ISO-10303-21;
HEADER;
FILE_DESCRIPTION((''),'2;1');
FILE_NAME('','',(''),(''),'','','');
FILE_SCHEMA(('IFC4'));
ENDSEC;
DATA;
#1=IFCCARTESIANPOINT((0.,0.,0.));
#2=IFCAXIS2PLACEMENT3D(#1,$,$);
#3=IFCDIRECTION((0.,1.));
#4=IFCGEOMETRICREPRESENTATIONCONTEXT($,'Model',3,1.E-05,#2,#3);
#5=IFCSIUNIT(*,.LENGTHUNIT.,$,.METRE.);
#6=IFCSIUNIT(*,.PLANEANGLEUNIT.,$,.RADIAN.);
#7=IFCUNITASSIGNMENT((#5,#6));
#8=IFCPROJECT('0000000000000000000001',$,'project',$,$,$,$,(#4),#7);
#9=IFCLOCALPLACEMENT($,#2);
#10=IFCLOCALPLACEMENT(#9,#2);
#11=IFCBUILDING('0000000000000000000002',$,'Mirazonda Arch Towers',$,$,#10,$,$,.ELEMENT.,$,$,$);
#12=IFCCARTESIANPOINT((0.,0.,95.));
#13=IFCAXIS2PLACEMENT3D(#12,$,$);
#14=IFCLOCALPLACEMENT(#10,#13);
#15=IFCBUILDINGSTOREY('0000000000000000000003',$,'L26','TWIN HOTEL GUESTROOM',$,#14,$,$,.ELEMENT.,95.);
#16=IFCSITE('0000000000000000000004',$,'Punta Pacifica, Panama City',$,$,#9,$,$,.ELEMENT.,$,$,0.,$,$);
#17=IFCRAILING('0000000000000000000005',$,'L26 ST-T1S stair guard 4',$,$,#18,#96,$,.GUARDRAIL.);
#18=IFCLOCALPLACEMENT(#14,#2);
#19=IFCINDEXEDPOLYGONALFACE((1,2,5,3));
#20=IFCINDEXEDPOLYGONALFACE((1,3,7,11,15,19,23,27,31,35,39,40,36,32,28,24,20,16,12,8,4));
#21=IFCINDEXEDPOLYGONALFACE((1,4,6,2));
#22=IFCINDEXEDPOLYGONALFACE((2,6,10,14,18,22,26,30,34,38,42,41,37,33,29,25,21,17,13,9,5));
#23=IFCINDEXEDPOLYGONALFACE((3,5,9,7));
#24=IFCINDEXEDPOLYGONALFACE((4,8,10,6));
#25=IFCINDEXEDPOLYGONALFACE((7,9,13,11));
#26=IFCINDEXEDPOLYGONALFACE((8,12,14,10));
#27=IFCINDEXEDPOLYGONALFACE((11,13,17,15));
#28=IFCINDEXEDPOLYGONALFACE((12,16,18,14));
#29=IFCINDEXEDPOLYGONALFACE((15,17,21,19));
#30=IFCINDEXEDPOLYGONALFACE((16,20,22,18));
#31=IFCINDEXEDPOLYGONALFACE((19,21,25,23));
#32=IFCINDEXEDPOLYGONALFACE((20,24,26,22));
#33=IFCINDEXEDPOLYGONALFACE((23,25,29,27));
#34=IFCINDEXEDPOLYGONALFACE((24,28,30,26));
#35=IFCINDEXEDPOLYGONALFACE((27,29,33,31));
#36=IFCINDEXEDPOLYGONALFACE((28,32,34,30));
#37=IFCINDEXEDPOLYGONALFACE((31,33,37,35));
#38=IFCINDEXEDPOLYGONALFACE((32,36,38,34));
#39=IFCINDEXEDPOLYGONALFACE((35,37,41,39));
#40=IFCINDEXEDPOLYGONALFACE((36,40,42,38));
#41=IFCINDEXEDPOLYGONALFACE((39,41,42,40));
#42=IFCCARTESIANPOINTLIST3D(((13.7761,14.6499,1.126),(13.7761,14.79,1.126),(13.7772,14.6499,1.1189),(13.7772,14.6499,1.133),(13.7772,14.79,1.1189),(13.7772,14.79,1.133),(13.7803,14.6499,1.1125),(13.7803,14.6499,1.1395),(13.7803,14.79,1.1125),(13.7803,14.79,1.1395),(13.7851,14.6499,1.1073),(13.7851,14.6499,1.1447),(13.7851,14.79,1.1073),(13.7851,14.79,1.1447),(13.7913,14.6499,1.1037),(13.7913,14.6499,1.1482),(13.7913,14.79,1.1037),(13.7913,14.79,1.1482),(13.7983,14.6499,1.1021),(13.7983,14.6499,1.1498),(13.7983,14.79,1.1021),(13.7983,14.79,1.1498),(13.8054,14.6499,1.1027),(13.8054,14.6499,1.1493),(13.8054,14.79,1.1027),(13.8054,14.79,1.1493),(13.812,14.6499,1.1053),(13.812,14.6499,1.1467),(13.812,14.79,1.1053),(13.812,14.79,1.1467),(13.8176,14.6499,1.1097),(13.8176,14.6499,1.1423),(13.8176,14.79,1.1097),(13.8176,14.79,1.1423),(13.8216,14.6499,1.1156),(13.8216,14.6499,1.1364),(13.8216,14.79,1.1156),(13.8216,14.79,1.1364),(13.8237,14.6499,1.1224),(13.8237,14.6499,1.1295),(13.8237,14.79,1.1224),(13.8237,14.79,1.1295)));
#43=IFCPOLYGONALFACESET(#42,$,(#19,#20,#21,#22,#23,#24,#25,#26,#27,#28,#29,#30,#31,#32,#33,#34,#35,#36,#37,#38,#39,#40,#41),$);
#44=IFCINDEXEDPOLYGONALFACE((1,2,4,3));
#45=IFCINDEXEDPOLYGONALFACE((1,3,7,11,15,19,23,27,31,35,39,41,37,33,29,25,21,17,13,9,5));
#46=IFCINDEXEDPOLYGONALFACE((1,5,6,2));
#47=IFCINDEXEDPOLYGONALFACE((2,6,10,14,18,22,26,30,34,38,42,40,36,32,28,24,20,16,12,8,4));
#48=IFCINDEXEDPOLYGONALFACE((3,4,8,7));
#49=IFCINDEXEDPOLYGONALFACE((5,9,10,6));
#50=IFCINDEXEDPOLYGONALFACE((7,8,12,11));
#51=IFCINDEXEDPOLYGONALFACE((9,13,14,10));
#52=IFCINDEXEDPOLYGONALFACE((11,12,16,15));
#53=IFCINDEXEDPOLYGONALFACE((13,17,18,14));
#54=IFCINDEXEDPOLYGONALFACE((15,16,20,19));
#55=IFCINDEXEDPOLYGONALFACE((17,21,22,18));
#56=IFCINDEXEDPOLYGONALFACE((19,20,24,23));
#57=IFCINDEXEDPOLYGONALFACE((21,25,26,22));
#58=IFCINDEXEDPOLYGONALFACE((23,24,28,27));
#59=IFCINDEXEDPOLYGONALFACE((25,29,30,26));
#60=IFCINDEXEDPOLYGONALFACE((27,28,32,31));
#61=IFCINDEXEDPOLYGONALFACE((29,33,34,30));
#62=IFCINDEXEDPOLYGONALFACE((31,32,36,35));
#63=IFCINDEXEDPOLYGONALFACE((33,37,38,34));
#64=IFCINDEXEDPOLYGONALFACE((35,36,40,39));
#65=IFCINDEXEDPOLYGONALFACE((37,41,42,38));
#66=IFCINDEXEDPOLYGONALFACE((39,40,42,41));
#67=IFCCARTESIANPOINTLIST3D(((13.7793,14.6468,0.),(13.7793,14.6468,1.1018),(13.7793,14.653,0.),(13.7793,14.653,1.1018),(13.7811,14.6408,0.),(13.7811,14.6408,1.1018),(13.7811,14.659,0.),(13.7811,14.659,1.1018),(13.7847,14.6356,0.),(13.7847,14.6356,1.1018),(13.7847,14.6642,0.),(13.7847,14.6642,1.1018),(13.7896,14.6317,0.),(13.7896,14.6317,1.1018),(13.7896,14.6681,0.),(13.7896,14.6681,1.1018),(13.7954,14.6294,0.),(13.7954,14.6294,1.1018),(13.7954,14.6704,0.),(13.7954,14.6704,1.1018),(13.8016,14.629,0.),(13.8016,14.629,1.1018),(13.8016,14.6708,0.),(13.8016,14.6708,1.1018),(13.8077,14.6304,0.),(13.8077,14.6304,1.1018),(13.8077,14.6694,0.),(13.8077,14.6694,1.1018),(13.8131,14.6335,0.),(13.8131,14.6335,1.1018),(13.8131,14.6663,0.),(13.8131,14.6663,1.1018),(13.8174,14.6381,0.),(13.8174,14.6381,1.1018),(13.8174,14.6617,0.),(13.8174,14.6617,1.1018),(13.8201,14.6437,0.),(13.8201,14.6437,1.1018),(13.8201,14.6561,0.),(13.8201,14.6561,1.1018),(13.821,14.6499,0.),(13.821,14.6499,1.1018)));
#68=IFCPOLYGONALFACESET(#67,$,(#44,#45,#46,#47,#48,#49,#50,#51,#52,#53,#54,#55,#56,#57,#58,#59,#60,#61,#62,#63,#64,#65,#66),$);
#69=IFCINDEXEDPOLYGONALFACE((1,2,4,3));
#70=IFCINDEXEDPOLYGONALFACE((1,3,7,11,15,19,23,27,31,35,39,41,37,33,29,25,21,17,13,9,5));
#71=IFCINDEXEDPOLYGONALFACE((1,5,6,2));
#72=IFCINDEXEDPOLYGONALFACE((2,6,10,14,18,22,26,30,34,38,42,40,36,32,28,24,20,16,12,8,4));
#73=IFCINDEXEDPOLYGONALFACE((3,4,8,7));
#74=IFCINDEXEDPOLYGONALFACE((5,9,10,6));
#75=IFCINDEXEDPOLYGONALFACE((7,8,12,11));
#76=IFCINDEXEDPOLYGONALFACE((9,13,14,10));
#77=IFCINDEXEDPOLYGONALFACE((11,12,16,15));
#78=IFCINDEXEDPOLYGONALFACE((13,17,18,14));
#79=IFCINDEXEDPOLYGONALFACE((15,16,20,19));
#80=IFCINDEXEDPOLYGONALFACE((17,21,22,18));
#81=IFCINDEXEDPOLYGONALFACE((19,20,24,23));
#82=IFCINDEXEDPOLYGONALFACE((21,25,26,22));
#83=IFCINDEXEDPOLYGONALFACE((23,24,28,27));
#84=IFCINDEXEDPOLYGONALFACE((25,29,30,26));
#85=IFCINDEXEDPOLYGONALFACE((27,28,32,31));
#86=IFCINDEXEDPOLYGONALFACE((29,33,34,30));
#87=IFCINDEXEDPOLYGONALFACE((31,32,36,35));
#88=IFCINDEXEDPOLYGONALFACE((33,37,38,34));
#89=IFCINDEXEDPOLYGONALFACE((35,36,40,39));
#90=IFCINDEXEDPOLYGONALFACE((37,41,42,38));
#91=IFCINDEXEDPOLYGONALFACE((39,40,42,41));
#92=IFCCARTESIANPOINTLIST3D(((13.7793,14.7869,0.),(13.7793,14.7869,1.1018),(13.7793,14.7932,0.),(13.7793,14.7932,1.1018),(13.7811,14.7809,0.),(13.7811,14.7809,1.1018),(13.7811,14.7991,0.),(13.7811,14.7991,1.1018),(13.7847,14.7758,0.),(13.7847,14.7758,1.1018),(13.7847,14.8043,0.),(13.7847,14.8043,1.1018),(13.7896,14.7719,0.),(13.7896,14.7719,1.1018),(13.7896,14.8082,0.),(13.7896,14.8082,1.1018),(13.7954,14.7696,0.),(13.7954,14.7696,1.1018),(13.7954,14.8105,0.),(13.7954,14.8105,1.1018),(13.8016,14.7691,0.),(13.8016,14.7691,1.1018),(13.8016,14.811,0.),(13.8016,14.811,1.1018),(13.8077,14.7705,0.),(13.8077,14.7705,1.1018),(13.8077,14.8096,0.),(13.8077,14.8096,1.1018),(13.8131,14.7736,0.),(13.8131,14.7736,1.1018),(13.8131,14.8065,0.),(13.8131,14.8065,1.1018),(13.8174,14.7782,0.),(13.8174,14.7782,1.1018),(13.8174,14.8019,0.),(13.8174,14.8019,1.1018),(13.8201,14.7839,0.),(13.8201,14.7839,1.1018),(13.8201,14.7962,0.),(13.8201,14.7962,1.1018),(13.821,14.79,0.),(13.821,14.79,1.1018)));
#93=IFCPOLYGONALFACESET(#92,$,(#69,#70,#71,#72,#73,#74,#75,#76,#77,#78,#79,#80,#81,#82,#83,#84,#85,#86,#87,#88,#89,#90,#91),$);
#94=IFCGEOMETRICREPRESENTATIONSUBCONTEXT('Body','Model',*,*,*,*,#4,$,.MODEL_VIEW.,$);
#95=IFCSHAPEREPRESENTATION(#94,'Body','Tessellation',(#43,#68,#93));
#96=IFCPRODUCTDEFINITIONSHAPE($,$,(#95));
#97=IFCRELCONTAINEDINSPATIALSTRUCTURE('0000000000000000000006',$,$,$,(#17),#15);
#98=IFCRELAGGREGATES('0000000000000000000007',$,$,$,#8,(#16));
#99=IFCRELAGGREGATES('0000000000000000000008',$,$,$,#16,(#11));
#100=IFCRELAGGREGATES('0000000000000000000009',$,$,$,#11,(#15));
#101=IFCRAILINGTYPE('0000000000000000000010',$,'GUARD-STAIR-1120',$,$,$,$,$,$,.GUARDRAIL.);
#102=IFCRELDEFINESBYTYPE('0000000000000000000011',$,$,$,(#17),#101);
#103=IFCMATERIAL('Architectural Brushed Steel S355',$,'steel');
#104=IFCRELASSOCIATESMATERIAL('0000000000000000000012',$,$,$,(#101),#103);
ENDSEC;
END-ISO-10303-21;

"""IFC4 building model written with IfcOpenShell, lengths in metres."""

from ifc_helpers import new_model, si_unit, direction, frame, origin, origin_2d, place, context, subcontext, project, spatial, circle, extrude, material, type_object, element, save


model = new_model("IFC4")

# Units and contexts
model_context = context("Model", 3, precision=1e-05, world=origin(), true_north=direction((0.0, 1.0)))
body_context = subcontext(model_context, "Body", "Model", "MODEL_VIEW")
ifc_project = project(units=[si_unit("LENGTHUNIT", "METRE"), si_unit("PLANEANGLEUNIT", "RADIAN")], contexts=[model_context])

# Site, building, storey
site_placement = place(None, origin())
site = spatial("IfcSite", under=ifc_project, at=site_placement, Name="Punta Pacifica, Panama City", CompositionType="ELEMENT", RefElevation=0.0)
building_placement = place(site_placement, origin())
building = spatial("IfcBuilding", under=site, at=building_placement, Name="Mirazonda Arch Towers", CompositionType="ELEMENT")
storey_placement = place(building_placement, frame((0.0, 0.0, 95.0)))
storey = spatial("IfcBuildingStorey", under=building, at=storey_placement, Name="L26", Description="TWIN HOTEL GUESTROOM", CompositionType="ELEMENT", Elevation=95.0)

# Railing
ifc_material_1 = material(Name="Architectural Brushed Steel S355", Category="steel")
railing_type_1 = type_object("IfcRailingType", Name="GUARD-STAIR-1120", PredefinedType="GUARDRAIL", material=ifc_material_1)
railing_1_placement = place(storey_placement, frame((13.8, 14.6499, 0.0)))
element("IfcRailing", 1, at=railing_1_placement, inside=storey, type_object=railing_type_1, Name="L26 ST-T1S stair guard 4", PredefinedType="GUARDRAIL", context=body_context, shape_type="SweptSolid", body=[
    extrude(circle(Radius=0.0239, at=origin_2d()), frame((0.0, 0.0, 1.126), z_axis=(0.0, 1.0, 0.0), x_axis=(-1.0, 0.0, 0.0)), (0.0, 0.0, 1.0), 0.1401),
    extrude(circle(Radius=0.021, at=origin_2d()), origin(), (0.0, 0.0, 1.0), 1.1018),
    extrude(circle(Radius=0.021, at=origin_2d()), frame((0.0, 0.1401, 0.0)), (0.0, 0.0, 1.0), 1.1018),
])

save(model, "model.ifc")
